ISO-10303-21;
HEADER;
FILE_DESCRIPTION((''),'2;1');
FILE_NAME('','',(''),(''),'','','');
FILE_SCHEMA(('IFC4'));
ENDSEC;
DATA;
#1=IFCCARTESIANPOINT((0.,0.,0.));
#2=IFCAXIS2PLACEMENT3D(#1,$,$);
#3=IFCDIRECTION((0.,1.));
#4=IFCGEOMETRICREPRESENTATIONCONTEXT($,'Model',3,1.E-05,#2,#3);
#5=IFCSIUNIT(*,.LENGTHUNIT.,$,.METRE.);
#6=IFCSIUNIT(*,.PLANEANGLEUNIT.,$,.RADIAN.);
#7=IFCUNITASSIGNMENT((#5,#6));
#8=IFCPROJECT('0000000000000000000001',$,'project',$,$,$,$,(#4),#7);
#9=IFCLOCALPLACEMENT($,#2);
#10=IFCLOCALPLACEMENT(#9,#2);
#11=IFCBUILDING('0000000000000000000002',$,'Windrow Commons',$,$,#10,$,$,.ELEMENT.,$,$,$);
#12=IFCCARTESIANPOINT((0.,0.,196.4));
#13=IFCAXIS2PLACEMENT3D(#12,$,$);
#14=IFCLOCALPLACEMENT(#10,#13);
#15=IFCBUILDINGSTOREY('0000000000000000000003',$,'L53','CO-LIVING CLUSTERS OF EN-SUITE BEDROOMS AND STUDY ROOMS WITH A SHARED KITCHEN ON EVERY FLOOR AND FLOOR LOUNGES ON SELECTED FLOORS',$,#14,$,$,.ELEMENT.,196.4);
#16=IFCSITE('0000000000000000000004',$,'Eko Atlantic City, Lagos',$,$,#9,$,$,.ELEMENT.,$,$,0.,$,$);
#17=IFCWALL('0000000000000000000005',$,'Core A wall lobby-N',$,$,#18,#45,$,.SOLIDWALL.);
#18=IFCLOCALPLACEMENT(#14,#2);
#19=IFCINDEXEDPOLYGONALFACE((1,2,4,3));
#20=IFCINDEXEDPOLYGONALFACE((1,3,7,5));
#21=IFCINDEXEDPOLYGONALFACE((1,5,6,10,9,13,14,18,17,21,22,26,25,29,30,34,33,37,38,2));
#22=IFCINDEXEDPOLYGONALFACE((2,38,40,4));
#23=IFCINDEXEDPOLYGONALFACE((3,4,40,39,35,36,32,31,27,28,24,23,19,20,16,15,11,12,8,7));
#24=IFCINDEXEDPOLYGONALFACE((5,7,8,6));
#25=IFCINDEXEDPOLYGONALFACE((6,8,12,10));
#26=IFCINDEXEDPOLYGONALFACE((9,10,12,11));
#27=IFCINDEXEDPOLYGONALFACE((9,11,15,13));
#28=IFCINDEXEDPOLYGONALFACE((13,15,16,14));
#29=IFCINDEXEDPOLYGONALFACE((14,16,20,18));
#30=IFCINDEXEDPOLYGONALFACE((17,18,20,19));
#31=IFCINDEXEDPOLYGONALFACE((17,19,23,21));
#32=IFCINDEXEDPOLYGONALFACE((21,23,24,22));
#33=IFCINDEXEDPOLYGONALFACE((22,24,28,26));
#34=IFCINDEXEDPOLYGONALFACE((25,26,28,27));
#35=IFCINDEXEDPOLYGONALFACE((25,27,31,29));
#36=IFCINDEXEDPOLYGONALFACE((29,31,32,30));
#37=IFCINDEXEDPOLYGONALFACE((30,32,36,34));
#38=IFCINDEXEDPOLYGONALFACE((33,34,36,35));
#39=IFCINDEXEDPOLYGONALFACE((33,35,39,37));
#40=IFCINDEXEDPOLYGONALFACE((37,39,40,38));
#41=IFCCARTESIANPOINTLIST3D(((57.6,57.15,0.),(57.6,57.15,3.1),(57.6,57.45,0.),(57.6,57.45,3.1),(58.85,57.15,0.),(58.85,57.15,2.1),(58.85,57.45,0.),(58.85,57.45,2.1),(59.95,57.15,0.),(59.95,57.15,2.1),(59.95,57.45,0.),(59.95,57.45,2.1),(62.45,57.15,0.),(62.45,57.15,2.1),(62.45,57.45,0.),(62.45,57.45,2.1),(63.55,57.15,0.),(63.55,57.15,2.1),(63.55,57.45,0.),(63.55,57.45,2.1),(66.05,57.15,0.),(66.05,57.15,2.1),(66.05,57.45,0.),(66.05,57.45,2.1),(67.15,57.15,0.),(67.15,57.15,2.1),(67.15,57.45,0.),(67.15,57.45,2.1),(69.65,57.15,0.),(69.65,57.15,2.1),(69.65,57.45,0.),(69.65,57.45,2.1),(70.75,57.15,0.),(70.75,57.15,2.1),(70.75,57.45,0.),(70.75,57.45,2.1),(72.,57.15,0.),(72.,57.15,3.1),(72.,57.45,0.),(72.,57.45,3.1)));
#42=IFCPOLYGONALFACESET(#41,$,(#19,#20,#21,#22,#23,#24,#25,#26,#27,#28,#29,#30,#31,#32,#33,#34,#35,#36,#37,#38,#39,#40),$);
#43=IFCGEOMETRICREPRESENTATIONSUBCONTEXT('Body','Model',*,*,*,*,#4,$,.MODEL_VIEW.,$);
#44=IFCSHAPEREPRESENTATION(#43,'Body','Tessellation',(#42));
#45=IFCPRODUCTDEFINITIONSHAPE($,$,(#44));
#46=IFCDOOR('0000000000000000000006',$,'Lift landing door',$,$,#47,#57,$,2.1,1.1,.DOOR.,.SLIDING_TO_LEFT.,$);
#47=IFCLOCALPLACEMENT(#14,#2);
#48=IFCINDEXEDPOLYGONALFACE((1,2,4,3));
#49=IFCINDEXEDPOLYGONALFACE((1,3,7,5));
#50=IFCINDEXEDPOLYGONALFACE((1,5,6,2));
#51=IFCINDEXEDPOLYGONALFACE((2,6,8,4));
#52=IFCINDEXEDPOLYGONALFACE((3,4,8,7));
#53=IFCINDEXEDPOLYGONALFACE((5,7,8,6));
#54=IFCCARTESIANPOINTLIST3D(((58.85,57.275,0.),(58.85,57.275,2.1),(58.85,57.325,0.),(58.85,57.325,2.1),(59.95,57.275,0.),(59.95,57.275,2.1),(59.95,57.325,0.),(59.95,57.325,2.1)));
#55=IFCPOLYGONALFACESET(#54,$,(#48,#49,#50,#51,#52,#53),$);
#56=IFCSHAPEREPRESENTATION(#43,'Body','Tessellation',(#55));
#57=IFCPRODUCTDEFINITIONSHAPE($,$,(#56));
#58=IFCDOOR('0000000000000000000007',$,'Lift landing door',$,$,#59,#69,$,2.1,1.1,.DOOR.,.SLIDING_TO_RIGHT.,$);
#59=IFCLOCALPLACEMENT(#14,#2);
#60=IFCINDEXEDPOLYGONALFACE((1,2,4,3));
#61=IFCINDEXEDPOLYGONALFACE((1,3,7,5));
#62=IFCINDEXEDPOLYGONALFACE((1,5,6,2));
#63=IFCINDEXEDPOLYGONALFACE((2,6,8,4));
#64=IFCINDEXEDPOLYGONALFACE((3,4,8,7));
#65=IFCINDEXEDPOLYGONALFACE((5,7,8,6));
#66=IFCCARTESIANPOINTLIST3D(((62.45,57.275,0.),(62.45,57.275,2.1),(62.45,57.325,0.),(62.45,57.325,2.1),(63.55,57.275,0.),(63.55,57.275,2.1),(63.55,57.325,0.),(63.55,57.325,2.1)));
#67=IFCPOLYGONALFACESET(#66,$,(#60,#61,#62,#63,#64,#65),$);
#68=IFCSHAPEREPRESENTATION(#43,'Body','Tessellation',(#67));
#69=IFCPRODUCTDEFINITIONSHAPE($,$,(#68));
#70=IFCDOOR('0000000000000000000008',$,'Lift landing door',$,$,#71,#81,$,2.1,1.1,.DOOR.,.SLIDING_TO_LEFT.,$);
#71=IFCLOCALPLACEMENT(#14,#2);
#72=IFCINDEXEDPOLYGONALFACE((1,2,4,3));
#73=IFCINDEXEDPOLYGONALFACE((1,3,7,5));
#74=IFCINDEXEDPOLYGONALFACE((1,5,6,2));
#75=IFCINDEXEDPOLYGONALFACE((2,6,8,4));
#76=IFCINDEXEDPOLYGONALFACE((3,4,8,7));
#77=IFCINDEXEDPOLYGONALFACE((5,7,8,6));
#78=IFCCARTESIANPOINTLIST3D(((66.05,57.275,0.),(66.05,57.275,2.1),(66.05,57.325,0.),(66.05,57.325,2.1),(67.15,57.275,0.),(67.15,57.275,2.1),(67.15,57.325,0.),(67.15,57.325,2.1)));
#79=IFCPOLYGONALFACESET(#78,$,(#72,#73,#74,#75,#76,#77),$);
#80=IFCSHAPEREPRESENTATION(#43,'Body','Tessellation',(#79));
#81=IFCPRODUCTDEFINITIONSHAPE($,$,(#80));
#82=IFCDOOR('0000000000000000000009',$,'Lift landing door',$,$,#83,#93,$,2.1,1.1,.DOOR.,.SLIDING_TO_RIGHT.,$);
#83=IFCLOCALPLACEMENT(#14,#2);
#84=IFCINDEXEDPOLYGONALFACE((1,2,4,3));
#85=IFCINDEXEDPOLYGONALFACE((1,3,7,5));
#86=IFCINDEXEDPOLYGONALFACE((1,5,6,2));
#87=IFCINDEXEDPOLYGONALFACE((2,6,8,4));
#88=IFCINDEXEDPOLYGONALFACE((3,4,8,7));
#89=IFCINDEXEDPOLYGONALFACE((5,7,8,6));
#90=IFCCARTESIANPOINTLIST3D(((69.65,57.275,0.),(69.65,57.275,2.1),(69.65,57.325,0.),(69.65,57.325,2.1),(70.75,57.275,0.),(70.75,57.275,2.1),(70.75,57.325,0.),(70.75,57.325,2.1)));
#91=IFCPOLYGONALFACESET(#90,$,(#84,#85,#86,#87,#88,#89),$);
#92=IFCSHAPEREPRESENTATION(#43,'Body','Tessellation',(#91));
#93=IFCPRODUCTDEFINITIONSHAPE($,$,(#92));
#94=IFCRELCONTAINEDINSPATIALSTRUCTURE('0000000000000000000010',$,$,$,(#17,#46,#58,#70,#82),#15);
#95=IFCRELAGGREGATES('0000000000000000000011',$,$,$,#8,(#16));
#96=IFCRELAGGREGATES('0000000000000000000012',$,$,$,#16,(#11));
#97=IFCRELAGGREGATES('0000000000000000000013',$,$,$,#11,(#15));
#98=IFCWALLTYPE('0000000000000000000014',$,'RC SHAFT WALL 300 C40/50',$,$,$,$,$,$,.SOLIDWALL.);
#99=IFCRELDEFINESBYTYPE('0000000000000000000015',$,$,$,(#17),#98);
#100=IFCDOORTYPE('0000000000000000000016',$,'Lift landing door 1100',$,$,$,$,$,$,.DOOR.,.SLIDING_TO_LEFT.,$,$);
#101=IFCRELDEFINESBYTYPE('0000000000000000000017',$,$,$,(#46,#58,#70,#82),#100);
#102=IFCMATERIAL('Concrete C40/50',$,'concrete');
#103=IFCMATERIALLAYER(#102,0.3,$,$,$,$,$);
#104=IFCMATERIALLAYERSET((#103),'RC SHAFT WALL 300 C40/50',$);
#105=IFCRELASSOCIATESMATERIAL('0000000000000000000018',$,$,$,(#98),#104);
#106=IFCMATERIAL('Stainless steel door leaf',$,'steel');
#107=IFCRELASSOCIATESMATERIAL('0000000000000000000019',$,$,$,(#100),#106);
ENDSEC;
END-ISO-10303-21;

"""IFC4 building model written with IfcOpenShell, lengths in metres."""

from ifc_helpers import new_model, si_unit, direction, frame, frame_2d, origin, place, context, subcontext, project, spatial, rectangle, extrude, material, layer, layer_set, type_object, element, fill, save


model = new_model("IFC4")

# Units and contexts
model_context = context("Model", 3, precision=1e-05, world=origin(), true_north=direction((0.0, 1.0)))
body_context = subcontext(model_context, "Body", "Model", "MODEL_VIEW")
ifc_project = project(units=[si_unit("LENGTHUNIT", "METRE"), si_unit("PLANEANGLEUNIT", "RADIAN")], contexts=[model_context])

# Site, building, storey
site_placement = place(None, origin())
site = spatial("IfcSite", under=ifc_project, at=site_placement, Name="Eko Atlantic City, Lagos", CompositionType="ELEMENT", RefElevation=0.0)
building_placement = place(site_placement, origin())
building = spatial("IfcBuilding", under=site, at=building_placement, Name="Windrow Commons", CompositionType="ELEMENT")
storey_placement = place(building_placement, frame((0.0, 0.0, 196.4)))
storey = spatial("IfcBuildingStorey", under=building, at=storey_placement, Name="L53", Description="CO-LIVING CLUSTERS OF EN-SUITE BEDROOMS AND STUDY ROOMS WITH A SHARED KITCHEN ON EVERY FLOOR AND FLOOR LOUNGES ON SELECTED FLOORS", CompositionType="ELEMENT", Elevation=196.4)

# Wall, openings, doors
ifc_material_1 = material(Name="Concrete C40/50", Category="concrete")
ifc_layer_1 = layer(ifc_material_1, 0.3)
ifc_layer_set_1 = layer_set([ifc_layer_1], Name="RC SHAFT WALL 300 C40/50")
wall_type_1 = type_object("IfcWallType", Name="RC SHAFT WALL 300 C40/50", PredefinedType="SOLIDWALL", material=ifc_layer_set_1)
ifc_material_2 = material(Name="Stainless steel door leaf", Category="steel")
door_type_1 = type_object("IfcDoorType", Name="Lift landing door 1100", OperationType="SLIDING_TO_LEFT", PredefinedType="DOOR", material=ifc_material_2)
wall_1_placement = place(storey_placement, frame((57.6, 57.3, 0.0), z_axis=(0.0, 0.0, 1.0), x_axis=(1.0, 0.0, 0.0)))
wall_1 = element("IfcWall", 1, at=wall_1_placement, inside=storey, type_object=wall_type_1, Name="Core A wall lobby-N", PredefinedType="SOLIDWALL", context=body_context, shape_type="SweptSolid", body=[
    extrude(rectangle(XDim=14.4, YDim=0.3, at=frame_2d((7.2, 0.0))), origin(), (0.0, 0.0, 1.0), 3.1),
])
opening_1_placement = place(wall_1_placement, frame((1.25, 0.0, 0.0)))
opening_1 = element("IfcOpeningElement", 2, at=opening_1_placement, cuts=wall_1, PredefinedType="OPENING", context=body_context, shape_type="SweptSolid", body=[
    extrude(rectangle(XDim=1.1, YDim=2.1, at=frame_2d((0.55, 1.05))), frame((0.0, 0.16, 0.0), z_axis=(0.0, -1.0, 0.0), x_axis=(1.0, 0.0, 0.0)), (0.0, 0.0, 1.0), 0.32),
])
opening_2_placement = place(wall_1_placement, frame((4.85, 0.0, 0.0)))
opening_2 = element("IfcOpeningElement", 3, at=opening_2_placement, cuts=wall_1, PredefinedType="OPENING", context=body_context, shape_type="SweptSolid", body=[
    extrude(rectangle(XDim=1.1, YDim=2.1, at=frame_2d((0.55, 1.05))), frame((0.0, 0.16, 0.0), z_axis=(0.0, -1.0, 0.0), x_axis=(1.0, 0.0, 0.0)), (0.0, 0.0, 1.0), 0.32),
])
opening_3_placement = place(wall_1_placement, frame((8.45, 0.0, 0.0)))
opening_3 = element("IfcOpeningElement", 4, at=opening_3_placement, cuts=wall_1, PredefinedType="OPENING", context=body_context, shape_type="SweptSolid", body=[
    extrude(rectangle(XDim=1.1, YDim=2.1, at=frame_2d((0.55, 1.05))), frame((0.0, 0.16, 0.0), z_axis=(0.0, -1.0, 0.0), x_axis=(1.0, 0.0, 0.0)), (0.0, 0.0, 1.0), 0.32),
])
opening_4_placement = place(wall_1_placement, frame((12.05, 0.0, 0.0)))
opening_4 = element("IfcOpeningElement", 5, at=opening_4_placement, cuts=wall_1, PredefinedType="OPENING", context=body_context, shape_type="SweptSolid", body=[
    extrude(rectangle(XDim=1.1, YDim=2.1, at=frame_2d((0.55, 1.05))), frame((0.0, 0.16, 0.0), z_axis=(0.0, -1.0, 0.0), x_axis=(1.0, 0.0, 0.0)), (0.0, 0.0, 1.0), 0.32),
])
door_1_placement = place(opening_1_placement, origin())
door_1 = element("IfcDoor", 6, at=door_1_placement, inside=storey, type_object=door_type_1, Name="Lift landing door", OperationType="SLIDING_TO_LEFT", OverallHeight=2.1, OverallWidth=1.1, PredefinedType="DOOR", context=body_context, shape_type="SweptSolid", body=[
    extrude(rectangle(XDim=1.1, YDim=2.1, at=frame_2d((0.55, 1.05))), frame((0.0, 0.025, 0.0), z_axis=(0.0, -1.0, 0.0), x_axis=(1.0, 0.0, 0.0)), (0.0, 0.0, 1.0), 0.05),
])
fill(opening_1, door_1)
door_2_placement = place(opening_2_placement, origin())
door_2 = element("IfcDoor", 7, at=door_2_placement, inside=storey, type_object=door_type_1, Name="Lift landing door", OperationType="SLIDING_TO_RIGHT", OverallHeight=2.1, OverallWidth=1.1, PredefinedType="DOOR", context=body_context, shape_type="SweptSolid", body=[
    extrude(rectangle(XDim=1.1, YDim=2.1, at=frame_2d((0.55, 1.05))), frame((0.0, 0.025, 0.0), z_axis=(0.0, -1.0, 0.0), x_axis=(1.0, 0.0, 0.0)), (0.0, 0.0, 1.0), 0.05),
])
fill(opening_2, door_2)
door_3_placement = place(opening_3_placement, origin())
door_3 = element("IfcDoor", 8, at=door_3_placement, inside=storey, type_object=door_type_1, Name="Lift landing door", OperationType="SLIDING_TO_LEFT", OverallHeight=2.1, OverallWidth=1.1, PredefinedType="DOOR", context=body_context, shape_type="SweptSolid", body=[
    extrude(rectangle(XDim=1.1, YDim=2.1, at=frame_2d((0.55, 1.05))), frame((0.0, 0.025, 0.0), z_axis=(0.0, -1.0, 0.0), x_axis=(1.0, 0.0, 0.0)), (0.0, 0.0, 1.0), 0.05),
])
fill(opening_3, door_3)
door_4_placement = place(opening_4_placement, origin())
door_4 = element("IfcDoor", 9, at=door_4_placement, inside=storey, type_object=door_type_1, Name="Lift landing door", OperationType="SLIDING_TO_RIGHT", OverallHeight=2.1, OverallWidth=1.1, PredefinedType="DOOR", context=body_context, shape_type="SweptSolid", body=[
    extrude(rectangle(XDim=1.1, YDim=2.1, at=frame_2d((0.55, 1.05))), frame((0.0, 0.025, 0.0), z_axis=(0.0, -1.0, 0.0), x_axis=(1.0, 0.0, 0.0)), (0.0, 0.0, 1.0), 0.05),
])
fill(opening_4, door_4)

save(model, "model.ifc")
